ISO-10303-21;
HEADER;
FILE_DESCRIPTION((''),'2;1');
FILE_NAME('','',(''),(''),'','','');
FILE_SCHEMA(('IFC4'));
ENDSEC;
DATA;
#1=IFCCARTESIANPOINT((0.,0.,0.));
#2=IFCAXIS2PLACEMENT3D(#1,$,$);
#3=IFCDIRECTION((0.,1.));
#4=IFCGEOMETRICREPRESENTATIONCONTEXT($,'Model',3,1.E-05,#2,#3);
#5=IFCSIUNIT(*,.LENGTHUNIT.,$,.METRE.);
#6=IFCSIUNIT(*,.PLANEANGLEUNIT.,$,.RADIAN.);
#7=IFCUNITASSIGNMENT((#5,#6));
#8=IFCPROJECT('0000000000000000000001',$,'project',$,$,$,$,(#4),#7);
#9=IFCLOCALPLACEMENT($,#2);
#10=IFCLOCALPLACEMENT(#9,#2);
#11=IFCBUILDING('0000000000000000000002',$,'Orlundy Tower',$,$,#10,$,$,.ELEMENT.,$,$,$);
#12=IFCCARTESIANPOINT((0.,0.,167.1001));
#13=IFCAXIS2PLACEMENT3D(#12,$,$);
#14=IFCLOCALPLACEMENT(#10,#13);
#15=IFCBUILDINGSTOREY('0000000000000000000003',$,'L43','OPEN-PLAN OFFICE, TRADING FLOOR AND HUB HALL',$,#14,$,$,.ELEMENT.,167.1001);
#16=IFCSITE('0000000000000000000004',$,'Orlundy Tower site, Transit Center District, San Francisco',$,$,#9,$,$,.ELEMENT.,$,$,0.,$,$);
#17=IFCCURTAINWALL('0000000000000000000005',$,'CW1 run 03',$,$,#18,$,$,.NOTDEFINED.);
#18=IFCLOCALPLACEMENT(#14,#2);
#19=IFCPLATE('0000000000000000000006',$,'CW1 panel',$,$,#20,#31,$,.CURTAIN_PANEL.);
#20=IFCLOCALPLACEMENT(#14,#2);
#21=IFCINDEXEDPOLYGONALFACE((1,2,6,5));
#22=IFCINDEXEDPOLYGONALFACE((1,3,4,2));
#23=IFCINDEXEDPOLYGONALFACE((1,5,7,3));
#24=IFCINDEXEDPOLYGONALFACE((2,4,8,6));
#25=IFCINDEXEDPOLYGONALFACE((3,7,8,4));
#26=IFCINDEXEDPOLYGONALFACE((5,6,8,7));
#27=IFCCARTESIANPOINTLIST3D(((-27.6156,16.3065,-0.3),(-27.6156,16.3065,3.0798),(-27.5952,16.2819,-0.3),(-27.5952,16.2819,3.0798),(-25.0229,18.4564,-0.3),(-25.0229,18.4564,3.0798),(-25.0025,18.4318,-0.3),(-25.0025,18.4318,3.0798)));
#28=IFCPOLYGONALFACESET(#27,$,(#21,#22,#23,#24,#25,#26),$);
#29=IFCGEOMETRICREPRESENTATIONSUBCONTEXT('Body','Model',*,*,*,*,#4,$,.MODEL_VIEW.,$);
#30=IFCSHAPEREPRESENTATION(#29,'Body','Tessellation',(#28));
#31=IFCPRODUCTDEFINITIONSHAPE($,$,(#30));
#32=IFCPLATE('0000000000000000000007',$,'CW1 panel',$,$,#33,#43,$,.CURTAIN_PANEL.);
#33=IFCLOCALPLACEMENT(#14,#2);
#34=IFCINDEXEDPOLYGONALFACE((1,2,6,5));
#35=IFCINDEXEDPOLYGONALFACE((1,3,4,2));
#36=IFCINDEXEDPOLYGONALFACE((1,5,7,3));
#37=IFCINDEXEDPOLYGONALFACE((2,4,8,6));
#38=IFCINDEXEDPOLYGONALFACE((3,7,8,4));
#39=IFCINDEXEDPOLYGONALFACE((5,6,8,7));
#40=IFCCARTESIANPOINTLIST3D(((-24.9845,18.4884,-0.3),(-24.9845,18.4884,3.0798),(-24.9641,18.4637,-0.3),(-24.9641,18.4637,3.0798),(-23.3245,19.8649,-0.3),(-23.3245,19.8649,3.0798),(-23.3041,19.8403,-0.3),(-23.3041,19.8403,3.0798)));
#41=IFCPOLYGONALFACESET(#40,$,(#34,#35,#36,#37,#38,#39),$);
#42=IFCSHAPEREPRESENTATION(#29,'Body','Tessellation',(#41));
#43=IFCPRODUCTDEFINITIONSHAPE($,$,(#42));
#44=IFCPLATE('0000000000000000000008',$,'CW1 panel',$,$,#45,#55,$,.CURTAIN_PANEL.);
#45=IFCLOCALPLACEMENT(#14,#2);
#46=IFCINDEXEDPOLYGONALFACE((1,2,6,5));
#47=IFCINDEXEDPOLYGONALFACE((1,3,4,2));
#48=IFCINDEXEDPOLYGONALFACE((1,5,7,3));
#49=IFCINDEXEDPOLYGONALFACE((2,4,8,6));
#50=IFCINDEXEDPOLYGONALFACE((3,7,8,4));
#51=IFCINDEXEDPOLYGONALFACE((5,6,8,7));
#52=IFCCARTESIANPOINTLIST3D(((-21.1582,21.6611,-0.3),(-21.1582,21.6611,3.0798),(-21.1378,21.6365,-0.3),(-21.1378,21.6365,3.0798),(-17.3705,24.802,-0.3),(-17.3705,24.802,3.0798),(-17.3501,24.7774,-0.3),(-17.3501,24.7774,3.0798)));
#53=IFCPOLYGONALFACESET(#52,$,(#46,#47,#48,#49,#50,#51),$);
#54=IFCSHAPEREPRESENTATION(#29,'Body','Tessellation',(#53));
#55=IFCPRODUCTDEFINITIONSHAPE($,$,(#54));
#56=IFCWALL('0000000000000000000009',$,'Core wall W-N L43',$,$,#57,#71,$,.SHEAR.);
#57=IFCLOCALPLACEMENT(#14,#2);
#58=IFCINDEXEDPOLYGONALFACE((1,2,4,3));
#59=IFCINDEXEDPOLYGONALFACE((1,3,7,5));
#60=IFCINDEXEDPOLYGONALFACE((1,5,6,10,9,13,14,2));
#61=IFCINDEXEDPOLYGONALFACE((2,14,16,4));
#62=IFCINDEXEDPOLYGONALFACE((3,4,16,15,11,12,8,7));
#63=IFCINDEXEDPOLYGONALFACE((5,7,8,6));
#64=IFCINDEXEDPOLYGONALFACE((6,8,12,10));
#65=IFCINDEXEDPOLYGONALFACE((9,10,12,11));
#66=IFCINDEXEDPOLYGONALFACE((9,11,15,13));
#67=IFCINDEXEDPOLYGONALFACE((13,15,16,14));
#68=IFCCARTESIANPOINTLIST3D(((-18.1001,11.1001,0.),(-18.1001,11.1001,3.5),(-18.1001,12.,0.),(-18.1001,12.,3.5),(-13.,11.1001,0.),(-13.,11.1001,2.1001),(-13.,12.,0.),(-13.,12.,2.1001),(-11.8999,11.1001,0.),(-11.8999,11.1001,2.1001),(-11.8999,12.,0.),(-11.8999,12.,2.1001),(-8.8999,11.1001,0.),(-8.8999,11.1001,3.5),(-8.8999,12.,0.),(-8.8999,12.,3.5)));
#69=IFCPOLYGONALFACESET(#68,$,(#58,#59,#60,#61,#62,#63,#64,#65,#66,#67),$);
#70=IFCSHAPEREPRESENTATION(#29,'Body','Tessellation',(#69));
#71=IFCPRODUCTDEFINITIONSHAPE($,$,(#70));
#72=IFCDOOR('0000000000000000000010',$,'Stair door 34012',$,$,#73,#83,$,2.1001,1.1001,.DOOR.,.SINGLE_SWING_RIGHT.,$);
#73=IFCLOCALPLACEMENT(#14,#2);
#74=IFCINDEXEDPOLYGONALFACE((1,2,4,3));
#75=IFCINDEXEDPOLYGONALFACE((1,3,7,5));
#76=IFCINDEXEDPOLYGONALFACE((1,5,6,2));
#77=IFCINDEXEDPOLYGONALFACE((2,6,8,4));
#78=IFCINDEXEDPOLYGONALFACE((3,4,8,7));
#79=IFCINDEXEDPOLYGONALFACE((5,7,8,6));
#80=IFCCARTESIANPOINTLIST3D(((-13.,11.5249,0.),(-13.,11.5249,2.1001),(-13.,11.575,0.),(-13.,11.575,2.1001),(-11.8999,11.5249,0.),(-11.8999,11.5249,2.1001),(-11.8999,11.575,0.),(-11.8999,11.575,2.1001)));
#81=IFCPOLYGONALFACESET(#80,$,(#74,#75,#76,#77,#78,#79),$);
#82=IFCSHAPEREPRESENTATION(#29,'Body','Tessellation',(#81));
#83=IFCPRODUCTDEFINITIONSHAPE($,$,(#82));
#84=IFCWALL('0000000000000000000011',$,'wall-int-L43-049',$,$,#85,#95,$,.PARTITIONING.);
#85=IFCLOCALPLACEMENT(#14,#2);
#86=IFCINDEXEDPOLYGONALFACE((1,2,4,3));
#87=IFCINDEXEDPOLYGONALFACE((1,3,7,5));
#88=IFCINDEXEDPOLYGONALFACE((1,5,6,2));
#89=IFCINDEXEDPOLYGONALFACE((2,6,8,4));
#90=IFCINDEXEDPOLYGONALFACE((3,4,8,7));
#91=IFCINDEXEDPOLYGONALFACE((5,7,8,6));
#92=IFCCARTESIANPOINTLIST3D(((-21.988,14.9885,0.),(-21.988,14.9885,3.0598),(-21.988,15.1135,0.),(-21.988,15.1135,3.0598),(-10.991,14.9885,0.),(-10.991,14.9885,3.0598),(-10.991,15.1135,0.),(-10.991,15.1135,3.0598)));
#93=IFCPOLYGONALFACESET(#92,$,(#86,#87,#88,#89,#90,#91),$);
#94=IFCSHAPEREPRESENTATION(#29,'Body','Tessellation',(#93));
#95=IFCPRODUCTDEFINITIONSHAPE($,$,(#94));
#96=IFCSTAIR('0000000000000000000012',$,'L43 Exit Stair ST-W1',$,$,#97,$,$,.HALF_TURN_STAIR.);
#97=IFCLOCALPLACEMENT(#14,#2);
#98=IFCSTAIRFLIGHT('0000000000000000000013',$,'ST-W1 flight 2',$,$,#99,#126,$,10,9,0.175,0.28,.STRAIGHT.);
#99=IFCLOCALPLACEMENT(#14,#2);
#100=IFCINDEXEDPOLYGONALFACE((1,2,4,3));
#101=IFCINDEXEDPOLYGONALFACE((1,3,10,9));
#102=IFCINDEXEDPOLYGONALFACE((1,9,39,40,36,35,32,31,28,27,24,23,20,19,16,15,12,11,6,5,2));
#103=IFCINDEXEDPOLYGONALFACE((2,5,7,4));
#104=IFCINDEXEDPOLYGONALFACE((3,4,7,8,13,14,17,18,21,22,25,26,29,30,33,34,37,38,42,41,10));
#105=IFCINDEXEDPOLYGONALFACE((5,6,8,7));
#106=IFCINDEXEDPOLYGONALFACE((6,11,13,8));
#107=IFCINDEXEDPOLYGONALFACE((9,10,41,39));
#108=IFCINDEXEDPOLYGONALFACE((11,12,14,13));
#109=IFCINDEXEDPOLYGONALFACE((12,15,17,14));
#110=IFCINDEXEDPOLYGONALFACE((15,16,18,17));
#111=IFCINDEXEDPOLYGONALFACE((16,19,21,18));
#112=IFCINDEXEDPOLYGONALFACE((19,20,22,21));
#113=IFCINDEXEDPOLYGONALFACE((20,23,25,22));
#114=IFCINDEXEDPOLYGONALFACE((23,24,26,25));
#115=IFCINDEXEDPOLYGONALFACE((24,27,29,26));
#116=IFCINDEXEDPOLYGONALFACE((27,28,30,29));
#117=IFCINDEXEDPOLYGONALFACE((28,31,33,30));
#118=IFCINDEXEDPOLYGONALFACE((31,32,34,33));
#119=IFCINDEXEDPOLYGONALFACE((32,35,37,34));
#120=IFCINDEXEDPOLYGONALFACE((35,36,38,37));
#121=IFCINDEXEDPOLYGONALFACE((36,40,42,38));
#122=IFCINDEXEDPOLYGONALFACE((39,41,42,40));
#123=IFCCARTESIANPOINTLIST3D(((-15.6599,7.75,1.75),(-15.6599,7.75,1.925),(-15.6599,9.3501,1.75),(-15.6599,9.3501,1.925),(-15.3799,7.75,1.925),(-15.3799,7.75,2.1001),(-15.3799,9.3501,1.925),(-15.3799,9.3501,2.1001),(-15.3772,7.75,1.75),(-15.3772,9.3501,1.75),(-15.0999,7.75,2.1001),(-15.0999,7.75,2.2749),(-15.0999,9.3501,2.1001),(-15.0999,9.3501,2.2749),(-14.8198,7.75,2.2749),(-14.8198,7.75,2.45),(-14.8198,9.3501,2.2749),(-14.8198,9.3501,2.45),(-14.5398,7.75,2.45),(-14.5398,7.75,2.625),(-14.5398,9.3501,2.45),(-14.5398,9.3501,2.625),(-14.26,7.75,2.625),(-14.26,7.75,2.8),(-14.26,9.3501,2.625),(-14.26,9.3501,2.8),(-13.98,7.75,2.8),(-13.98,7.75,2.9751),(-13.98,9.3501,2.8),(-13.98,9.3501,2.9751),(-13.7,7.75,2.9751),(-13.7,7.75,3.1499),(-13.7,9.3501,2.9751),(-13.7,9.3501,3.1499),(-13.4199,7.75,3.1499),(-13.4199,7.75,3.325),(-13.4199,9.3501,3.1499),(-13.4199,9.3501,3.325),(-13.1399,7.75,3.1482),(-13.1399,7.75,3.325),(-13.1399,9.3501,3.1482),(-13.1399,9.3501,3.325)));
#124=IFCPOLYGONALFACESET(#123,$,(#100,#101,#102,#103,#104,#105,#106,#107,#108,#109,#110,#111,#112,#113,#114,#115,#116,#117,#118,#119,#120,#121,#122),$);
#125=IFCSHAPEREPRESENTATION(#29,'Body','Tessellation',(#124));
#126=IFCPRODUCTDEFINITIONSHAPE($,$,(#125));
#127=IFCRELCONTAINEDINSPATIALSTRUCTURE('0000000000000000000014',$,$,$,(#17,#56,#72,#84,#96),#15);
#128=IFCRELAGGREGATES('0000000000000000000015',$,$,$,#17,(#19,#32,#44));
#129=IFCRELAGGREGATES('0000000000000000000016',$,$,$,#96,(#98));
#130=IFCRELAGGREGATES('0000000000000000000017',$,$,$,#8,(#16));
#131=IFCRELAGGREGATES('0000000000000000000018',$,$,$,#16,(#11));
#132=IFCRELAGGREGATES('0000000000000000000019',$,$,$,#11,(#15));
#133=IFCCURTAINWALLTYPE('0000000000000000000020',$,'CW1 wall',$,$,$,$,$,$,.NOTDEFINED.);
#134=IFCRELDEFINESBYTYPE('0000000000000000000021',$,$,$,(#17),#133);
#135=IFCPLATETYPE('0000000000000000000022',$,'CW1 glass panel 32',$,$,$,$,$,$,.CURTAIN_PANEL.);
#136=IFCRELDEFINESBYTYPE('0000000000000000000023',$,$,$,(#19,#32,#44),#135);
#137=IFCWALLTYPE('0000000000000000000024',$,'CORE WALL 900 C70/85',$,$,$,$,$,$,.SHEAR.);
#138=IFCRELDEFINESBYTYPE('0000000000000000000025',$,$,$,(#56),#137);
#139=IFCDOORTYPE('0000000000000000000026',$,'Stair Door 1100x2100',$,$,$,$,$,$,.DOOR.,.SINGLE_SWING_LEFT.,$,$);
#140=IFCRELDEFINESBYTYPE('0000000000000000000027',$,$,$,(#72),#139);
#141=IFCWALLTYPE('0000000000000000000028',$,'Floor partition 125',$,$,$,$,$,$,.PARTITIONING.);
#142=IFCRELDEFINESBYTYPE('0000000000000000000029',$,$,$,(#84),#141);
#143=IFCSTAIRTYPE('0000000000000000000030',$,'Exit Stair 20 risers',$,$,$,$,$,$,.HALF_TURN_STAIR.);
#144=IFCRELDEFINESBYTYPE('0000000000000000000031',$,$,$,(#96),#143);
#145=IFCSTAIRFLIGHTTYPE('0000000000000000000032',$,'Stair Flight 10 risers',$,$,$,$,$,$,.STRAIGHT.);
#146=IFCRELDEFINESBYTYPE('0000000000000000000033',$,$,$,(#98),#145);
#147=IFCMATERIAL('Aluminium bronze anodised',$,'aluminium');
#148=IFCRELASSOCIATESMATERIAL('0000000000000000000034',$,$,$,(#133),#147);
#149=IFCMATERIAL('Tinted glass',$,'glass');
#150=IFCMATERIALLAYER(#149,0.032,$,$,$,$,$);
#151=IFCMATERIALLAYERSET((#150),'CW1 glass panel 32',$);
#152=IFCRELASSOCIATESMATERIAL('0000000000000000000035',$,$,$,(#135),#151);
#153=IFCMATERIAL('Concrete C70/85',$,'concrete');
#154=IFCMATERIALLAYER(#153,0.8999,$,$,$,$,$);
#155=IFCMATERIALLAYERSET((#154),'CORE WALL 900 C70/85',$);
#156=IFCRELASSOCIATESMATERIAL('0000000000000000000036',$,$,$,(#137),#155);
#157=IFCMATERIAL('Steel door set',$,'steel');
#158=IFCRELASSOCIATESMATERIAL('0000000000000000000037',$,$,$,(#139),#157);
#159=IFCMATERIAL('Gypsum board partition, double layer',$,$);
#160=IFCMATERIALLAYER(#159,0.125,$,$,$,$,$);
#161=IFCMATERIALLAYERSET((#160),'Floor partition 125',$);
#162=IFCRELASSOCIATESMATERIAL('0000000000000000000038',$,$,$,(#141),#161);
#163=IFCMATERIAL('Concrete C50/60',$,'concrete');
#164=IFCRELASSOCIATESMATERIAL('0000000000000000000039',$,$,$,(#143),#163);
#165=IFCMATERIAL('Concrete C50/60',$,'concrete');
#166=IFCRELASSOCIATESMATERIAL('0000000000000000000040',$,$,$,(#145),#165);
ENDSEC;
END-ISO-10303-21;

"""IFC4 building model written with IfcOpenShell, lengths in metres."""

from ifc_helpers import new_model, si_unit, direction, frame, frame_2d, origin, origin_2d, place, context, subcontext, project, spatial, polyline, rectangle, outline, extrude, material, layer, layer_set, type_object, element, fill, aggregate, save


model = new_model("IFC4")

# Units and contexts
model_context = context("Model", 3, precision=1e-05, world=origin(), true_north=direction((0.0, 1.0)))
body_context = subcontext(model_context, "Body", "Model", "MODEL_VIEW")
ifc_project = project(units=[si_unit("LENGTHUNIT", "METRE"), si_unit("PLANEANGLEUNIT", "RADIAN")], contexts=[model_context])

# Site, building, storey
site_placement = place(None, origin())
site = spatial("IfcSite", under=ifc_project, at=site_placement, Name="Orlundy Tower site, Transit Center District, San Francisco", CompositionType="ELEMENT", RefElevation=0.0)
building_placement = place(site_placement, origin())
building = spatial("IfcBuilding", under=site, at=building_placement, Name="Orlundy Tower", CompositionType="ELEMENT")
storey_placement = place(building_placement, frame((0.0, 0.0, 167.1001)))
storey = spatial("IfcBuildingStorey", under=building, at=storey_placement, Name="L43", Description="OPEN-PLAN OFFICE, TRADING FLOOR AND HUB HALL", CompositionType="ELEMENT", Elevation=167.1001)

# Curtain wall
ifc_material_1 = material(Name="Aluminium bronze anodised", Category="aluminium")
curtain_wall_type = type_object("IfcCurtainWallType", Name="CW1 wall", PredefinedType="NOTDEFINED", material=ifc_material_1)
curtain_wall_1_placement = place(storey_placement, origin())
curtain_wall_1 = element("IfcCurtainWall", 1, at=curtain_wall_1_placement, inside=storey, type_object=curtain_wall_type, Name="CW1 run 03", PredefinedType="NOTDEFINED")

# Plates
ifc_material_2 = material(Name="Tinted glass", Category="glass")
ifc_layer_1 = layer(ifc_material_2, 0.032)
ifc_layer_set_1 = layer_set([ifc_layer_1], Name="CW1 glass panel 32")
plate_type = type_object("IfcPlateType", Name="CW1 glass panel 32", PredefinedType="CURTAIN_PANEL", material=ifc_layer_set_1)
plate_1_placement = place(storey_placement, frame((-26.3091, 17.3691, -0.3), z_axis=(0.0, 0.0, 1.0), x_axis=(0.769772, 0.638318, 0.0)))
plate_1 = element("IfcPlate", 2, at=plate_1_placement, type_object=plate_type, Name="CW1 panel", PredefinedType="CURTAIN_PANEL", context=body_context, shape_type="SweptSolid", body=[
    extrude(rectangle(XDim=3.3682, YDim=0.032, at=origin_2d()), origin(), (0.0, 0.0, 1.0), 3.3799),
])
plate_2_placement = place(storey_placement, frame((-24.1443, 19.1643, -0.3), z_axis=(0.0, 0.0, 1.0), x_axis=(0.769772, 0.638318, 0.0)))
plate_2 = element("IfcPlate", 3, at=plate_2_placement, type_object=plate_type, Name="CW1 panel", PredefinedType="CURTAIN_PANEL", context=body_context, shape_type="SweptSolid", body=[
    extrude(rectangle(XDim=2.1565, YDim=0.032, at=origin_2d()), origin(), (0.0, 0.0, 1.0), 3.3799),
])
plate_3_placement = place(storey_placement, frame((-19.2542, 23.2192, -0.3), z_axis=(0.0, 0.0, 1.0), x_axis=(0.769772, 0.638318, 0.0)))
plate_3 = element("IfcPlate", 4, at=plate_3_placement, type_object=plate_type, Name="CW1 panel", PredefinedType="CURTAIN_PANEL", context=body_context, shape_type="SweptSolid", body=[
    extrude(rectangle(XDim=4.9207, YDim=0.032, at=origin_2d()), origin(), (0.0, 0.0, 1.0), 3.3799),
])
aggregate(curtain_wall_1, [plate_1, plate_2, plate_3])

# Wall, opening, door
ifc_material_3 = material(Name="Concrete C70/85", Category="concrete")
ifc_layer_2 = layer(ifc_material_3, 0.8999)
ifc_layer_set_2 = layer_set([ifc_layer_2], Name="CORE WALL 900 C70/85")
wall_type_1 = type_object("IfcWallType", Name="CORE WALL 900 C70/85", PredefinedType="SHEAR", material=ifc_layer_set_2)
wall_1_placement = place(storey_placement, frame((-18.1001, 11.55, 0.0), z_axis=(0.0, 0.0, 1.0), x_axis=(1.0, 0.0, 0.0)))
wall_1 = element("IfcWall", 5, at=wall_1_placement, inside=storey, type_object=wall_type_1, Name="Core wall W-N L43", PredefinedType="SHEAR", context=body_context, shape_type="SweptSolid", body=[
    extrude(rectangle(XDim=9.2002, YDim=0.8999, at=frame_2d((4.6001, 0.0))), origin(), (0.0, 0.0, 1.0), 3.5),
])
opening_placement = place(wall_1_placement, frame((5.1001, 0.0, 0.0)))
opening = element("IfcOpeningElement", 6, at=opening_placement, cuts=wall_1, PredefinedType="OPENING", context=body_context, shape_type="SweptSolid", body=[
    extrude(rectangle(XDim=1.1001, YDim=2.1001, at=frame_2d((0.55, 1.05))), frame((0.0, 0.46, 0.0), z_axis=(0.0, -1.0, 0.0), x_axis=(1.0, 0.0, 0.0)), (0.0, 0.0, 1.0), 0.9199),
])
ifc_material_4 = material(Name="Steel door set", Category="steel")
door_type = type_object("IfcDoorType", Name="Stair Door 1100x2100", OperationType="SINGLE_SWING_LEFT", PredefinedType="DOOR", material=ifc_material_4)
door_placement = place(opening_placement, origin())
door = element("IfcDoor", 7, at=door_placement, inside=storey, type_object=door_type, Name="Stair door 34012", OperationType="SINGLE_SWING_RIGHT", OverallHeight=2.1001, OverallWidth=1.1001, PredefinedType="DOOR", context=body_context, shape_type="SweptSolid", body=[
    extrude(rectangle(XDim=1.1001, YDim=2.1001, at=frame_2d((0.55, 1.05))), frame((0.0, 0.0249, 0.0), z_axis=(0.0, -1.0, 0.0), x_axis=(1.0, 0.0, 0.0)), (0.0, 0.0, 1.0), 0.05),
])
fill(opening, door)

# Wall
ifc_material_5 = material(Name="Gypsum board partition, double layer")
ifc_layer_3 = layer(ifc_material_5, 0.125)
ifc_layer_set_3 = layer_set([ifc_layer_3], Name="Floor partition 125")
wall_type_2 = type_object("IfcWallType", Name="Floor partition 125", PredefinedType="PARTITIONING", material=ifc_layer_set_3)
wall_2_placement = place(storey_placement, frame((-21.988, 15.051, 0.0), z_axis=(0.0, 0.0, 1.0), x_axis=(1.0, 0.0, 0.0)))
element("IfcWall", 8, at=wall_2_placement, inside=storey, type_object=wall_type_2, Name="wall-int-L43-049", PredefinedType="PARTITIONING", context=body_context, shape_type="SweptSolid", body=[
    extrude(rectangle(XDim=10.9971, YDim=0.125, at=frame_2d((5.4985, 0.0))), origin(), (0.0, 0.0, 1.0), 3.0598),
])

# Stair, stair flight
ifc_material_6 = material(Name="Concrete C50/60", Category="concrete")
stair_type = type_object("IfcStairType", Name="Exit Stair 20 risers", PredefinedType="HALF_TURN_STAIR", material=ifc_material_6)
stair_placement = place(storey_placement, origin())
stair = element("IfcStair", 9, at=stair_placement, inside=storey, type_object=stair_type, Name="L43 Exit Stair ST-W1", PredefinedType="HALF_TURN_STAIR")
ifc_material_7 = material(Name="Concrete C50/60", Category="concrete")
stair_flight_type = type_object("IfcStairFlightType", Name="Stair Flight 10 risers", PredefinedType="STRAIGHT", material=ifc_material_7)
stair_flight_placement = place(storey_placement, frame((-15.6599, 8.55, 1.75), z_axis=(0.0, 0.0, 1.0), x_axis=(1.0, 0.0, 0.0)))
stair_flight = element("IfcStairFlight", 10, at=stair_flight_placement, type_object=stair_flight_type, Name="ST-W1 flight 2", NumberOfRisers=10, NumberOfTreads=9, PredefinedType="STRAIGHT", RiserHeight=0.175, TreadLength=0.28, context=body_context, shape_type="SweptSolid", body=[
    extrude(outline(polyline([(0.0, 0.0), (0.0, 0.175), (0.28, 0.175), (0.28, 0.3501), (0.5601, 0.3501), (0.5601, 0.5249), (0.8401, 0.5249), (0.8401, 0.7), (1.1201, 0.7), (1.1201, 0.875), (1.3999, 0.875), (1.3999, 1.05), (1.6799, 1.05), (1.6799, 1.2251), (1.96, 1.2251), (1.96, 1.3999), (2.24, 1.3999), (2.24, 1.575), (2.52, 1.575), (2.52, 1.75), (2.52, 1.3982), (0.2827, 0.0), (0.0, 0.0)])), frame((0.0, 0.8, 0.0), z_axis=(0.0, -1.0, 0.0), x_axis=(1.0, 0.0, 0.0)), (0.0, 0.0, 1.0), 1.6001),
])
aggregate(stair, [stair_flight])

save(model, "model.ifc")
